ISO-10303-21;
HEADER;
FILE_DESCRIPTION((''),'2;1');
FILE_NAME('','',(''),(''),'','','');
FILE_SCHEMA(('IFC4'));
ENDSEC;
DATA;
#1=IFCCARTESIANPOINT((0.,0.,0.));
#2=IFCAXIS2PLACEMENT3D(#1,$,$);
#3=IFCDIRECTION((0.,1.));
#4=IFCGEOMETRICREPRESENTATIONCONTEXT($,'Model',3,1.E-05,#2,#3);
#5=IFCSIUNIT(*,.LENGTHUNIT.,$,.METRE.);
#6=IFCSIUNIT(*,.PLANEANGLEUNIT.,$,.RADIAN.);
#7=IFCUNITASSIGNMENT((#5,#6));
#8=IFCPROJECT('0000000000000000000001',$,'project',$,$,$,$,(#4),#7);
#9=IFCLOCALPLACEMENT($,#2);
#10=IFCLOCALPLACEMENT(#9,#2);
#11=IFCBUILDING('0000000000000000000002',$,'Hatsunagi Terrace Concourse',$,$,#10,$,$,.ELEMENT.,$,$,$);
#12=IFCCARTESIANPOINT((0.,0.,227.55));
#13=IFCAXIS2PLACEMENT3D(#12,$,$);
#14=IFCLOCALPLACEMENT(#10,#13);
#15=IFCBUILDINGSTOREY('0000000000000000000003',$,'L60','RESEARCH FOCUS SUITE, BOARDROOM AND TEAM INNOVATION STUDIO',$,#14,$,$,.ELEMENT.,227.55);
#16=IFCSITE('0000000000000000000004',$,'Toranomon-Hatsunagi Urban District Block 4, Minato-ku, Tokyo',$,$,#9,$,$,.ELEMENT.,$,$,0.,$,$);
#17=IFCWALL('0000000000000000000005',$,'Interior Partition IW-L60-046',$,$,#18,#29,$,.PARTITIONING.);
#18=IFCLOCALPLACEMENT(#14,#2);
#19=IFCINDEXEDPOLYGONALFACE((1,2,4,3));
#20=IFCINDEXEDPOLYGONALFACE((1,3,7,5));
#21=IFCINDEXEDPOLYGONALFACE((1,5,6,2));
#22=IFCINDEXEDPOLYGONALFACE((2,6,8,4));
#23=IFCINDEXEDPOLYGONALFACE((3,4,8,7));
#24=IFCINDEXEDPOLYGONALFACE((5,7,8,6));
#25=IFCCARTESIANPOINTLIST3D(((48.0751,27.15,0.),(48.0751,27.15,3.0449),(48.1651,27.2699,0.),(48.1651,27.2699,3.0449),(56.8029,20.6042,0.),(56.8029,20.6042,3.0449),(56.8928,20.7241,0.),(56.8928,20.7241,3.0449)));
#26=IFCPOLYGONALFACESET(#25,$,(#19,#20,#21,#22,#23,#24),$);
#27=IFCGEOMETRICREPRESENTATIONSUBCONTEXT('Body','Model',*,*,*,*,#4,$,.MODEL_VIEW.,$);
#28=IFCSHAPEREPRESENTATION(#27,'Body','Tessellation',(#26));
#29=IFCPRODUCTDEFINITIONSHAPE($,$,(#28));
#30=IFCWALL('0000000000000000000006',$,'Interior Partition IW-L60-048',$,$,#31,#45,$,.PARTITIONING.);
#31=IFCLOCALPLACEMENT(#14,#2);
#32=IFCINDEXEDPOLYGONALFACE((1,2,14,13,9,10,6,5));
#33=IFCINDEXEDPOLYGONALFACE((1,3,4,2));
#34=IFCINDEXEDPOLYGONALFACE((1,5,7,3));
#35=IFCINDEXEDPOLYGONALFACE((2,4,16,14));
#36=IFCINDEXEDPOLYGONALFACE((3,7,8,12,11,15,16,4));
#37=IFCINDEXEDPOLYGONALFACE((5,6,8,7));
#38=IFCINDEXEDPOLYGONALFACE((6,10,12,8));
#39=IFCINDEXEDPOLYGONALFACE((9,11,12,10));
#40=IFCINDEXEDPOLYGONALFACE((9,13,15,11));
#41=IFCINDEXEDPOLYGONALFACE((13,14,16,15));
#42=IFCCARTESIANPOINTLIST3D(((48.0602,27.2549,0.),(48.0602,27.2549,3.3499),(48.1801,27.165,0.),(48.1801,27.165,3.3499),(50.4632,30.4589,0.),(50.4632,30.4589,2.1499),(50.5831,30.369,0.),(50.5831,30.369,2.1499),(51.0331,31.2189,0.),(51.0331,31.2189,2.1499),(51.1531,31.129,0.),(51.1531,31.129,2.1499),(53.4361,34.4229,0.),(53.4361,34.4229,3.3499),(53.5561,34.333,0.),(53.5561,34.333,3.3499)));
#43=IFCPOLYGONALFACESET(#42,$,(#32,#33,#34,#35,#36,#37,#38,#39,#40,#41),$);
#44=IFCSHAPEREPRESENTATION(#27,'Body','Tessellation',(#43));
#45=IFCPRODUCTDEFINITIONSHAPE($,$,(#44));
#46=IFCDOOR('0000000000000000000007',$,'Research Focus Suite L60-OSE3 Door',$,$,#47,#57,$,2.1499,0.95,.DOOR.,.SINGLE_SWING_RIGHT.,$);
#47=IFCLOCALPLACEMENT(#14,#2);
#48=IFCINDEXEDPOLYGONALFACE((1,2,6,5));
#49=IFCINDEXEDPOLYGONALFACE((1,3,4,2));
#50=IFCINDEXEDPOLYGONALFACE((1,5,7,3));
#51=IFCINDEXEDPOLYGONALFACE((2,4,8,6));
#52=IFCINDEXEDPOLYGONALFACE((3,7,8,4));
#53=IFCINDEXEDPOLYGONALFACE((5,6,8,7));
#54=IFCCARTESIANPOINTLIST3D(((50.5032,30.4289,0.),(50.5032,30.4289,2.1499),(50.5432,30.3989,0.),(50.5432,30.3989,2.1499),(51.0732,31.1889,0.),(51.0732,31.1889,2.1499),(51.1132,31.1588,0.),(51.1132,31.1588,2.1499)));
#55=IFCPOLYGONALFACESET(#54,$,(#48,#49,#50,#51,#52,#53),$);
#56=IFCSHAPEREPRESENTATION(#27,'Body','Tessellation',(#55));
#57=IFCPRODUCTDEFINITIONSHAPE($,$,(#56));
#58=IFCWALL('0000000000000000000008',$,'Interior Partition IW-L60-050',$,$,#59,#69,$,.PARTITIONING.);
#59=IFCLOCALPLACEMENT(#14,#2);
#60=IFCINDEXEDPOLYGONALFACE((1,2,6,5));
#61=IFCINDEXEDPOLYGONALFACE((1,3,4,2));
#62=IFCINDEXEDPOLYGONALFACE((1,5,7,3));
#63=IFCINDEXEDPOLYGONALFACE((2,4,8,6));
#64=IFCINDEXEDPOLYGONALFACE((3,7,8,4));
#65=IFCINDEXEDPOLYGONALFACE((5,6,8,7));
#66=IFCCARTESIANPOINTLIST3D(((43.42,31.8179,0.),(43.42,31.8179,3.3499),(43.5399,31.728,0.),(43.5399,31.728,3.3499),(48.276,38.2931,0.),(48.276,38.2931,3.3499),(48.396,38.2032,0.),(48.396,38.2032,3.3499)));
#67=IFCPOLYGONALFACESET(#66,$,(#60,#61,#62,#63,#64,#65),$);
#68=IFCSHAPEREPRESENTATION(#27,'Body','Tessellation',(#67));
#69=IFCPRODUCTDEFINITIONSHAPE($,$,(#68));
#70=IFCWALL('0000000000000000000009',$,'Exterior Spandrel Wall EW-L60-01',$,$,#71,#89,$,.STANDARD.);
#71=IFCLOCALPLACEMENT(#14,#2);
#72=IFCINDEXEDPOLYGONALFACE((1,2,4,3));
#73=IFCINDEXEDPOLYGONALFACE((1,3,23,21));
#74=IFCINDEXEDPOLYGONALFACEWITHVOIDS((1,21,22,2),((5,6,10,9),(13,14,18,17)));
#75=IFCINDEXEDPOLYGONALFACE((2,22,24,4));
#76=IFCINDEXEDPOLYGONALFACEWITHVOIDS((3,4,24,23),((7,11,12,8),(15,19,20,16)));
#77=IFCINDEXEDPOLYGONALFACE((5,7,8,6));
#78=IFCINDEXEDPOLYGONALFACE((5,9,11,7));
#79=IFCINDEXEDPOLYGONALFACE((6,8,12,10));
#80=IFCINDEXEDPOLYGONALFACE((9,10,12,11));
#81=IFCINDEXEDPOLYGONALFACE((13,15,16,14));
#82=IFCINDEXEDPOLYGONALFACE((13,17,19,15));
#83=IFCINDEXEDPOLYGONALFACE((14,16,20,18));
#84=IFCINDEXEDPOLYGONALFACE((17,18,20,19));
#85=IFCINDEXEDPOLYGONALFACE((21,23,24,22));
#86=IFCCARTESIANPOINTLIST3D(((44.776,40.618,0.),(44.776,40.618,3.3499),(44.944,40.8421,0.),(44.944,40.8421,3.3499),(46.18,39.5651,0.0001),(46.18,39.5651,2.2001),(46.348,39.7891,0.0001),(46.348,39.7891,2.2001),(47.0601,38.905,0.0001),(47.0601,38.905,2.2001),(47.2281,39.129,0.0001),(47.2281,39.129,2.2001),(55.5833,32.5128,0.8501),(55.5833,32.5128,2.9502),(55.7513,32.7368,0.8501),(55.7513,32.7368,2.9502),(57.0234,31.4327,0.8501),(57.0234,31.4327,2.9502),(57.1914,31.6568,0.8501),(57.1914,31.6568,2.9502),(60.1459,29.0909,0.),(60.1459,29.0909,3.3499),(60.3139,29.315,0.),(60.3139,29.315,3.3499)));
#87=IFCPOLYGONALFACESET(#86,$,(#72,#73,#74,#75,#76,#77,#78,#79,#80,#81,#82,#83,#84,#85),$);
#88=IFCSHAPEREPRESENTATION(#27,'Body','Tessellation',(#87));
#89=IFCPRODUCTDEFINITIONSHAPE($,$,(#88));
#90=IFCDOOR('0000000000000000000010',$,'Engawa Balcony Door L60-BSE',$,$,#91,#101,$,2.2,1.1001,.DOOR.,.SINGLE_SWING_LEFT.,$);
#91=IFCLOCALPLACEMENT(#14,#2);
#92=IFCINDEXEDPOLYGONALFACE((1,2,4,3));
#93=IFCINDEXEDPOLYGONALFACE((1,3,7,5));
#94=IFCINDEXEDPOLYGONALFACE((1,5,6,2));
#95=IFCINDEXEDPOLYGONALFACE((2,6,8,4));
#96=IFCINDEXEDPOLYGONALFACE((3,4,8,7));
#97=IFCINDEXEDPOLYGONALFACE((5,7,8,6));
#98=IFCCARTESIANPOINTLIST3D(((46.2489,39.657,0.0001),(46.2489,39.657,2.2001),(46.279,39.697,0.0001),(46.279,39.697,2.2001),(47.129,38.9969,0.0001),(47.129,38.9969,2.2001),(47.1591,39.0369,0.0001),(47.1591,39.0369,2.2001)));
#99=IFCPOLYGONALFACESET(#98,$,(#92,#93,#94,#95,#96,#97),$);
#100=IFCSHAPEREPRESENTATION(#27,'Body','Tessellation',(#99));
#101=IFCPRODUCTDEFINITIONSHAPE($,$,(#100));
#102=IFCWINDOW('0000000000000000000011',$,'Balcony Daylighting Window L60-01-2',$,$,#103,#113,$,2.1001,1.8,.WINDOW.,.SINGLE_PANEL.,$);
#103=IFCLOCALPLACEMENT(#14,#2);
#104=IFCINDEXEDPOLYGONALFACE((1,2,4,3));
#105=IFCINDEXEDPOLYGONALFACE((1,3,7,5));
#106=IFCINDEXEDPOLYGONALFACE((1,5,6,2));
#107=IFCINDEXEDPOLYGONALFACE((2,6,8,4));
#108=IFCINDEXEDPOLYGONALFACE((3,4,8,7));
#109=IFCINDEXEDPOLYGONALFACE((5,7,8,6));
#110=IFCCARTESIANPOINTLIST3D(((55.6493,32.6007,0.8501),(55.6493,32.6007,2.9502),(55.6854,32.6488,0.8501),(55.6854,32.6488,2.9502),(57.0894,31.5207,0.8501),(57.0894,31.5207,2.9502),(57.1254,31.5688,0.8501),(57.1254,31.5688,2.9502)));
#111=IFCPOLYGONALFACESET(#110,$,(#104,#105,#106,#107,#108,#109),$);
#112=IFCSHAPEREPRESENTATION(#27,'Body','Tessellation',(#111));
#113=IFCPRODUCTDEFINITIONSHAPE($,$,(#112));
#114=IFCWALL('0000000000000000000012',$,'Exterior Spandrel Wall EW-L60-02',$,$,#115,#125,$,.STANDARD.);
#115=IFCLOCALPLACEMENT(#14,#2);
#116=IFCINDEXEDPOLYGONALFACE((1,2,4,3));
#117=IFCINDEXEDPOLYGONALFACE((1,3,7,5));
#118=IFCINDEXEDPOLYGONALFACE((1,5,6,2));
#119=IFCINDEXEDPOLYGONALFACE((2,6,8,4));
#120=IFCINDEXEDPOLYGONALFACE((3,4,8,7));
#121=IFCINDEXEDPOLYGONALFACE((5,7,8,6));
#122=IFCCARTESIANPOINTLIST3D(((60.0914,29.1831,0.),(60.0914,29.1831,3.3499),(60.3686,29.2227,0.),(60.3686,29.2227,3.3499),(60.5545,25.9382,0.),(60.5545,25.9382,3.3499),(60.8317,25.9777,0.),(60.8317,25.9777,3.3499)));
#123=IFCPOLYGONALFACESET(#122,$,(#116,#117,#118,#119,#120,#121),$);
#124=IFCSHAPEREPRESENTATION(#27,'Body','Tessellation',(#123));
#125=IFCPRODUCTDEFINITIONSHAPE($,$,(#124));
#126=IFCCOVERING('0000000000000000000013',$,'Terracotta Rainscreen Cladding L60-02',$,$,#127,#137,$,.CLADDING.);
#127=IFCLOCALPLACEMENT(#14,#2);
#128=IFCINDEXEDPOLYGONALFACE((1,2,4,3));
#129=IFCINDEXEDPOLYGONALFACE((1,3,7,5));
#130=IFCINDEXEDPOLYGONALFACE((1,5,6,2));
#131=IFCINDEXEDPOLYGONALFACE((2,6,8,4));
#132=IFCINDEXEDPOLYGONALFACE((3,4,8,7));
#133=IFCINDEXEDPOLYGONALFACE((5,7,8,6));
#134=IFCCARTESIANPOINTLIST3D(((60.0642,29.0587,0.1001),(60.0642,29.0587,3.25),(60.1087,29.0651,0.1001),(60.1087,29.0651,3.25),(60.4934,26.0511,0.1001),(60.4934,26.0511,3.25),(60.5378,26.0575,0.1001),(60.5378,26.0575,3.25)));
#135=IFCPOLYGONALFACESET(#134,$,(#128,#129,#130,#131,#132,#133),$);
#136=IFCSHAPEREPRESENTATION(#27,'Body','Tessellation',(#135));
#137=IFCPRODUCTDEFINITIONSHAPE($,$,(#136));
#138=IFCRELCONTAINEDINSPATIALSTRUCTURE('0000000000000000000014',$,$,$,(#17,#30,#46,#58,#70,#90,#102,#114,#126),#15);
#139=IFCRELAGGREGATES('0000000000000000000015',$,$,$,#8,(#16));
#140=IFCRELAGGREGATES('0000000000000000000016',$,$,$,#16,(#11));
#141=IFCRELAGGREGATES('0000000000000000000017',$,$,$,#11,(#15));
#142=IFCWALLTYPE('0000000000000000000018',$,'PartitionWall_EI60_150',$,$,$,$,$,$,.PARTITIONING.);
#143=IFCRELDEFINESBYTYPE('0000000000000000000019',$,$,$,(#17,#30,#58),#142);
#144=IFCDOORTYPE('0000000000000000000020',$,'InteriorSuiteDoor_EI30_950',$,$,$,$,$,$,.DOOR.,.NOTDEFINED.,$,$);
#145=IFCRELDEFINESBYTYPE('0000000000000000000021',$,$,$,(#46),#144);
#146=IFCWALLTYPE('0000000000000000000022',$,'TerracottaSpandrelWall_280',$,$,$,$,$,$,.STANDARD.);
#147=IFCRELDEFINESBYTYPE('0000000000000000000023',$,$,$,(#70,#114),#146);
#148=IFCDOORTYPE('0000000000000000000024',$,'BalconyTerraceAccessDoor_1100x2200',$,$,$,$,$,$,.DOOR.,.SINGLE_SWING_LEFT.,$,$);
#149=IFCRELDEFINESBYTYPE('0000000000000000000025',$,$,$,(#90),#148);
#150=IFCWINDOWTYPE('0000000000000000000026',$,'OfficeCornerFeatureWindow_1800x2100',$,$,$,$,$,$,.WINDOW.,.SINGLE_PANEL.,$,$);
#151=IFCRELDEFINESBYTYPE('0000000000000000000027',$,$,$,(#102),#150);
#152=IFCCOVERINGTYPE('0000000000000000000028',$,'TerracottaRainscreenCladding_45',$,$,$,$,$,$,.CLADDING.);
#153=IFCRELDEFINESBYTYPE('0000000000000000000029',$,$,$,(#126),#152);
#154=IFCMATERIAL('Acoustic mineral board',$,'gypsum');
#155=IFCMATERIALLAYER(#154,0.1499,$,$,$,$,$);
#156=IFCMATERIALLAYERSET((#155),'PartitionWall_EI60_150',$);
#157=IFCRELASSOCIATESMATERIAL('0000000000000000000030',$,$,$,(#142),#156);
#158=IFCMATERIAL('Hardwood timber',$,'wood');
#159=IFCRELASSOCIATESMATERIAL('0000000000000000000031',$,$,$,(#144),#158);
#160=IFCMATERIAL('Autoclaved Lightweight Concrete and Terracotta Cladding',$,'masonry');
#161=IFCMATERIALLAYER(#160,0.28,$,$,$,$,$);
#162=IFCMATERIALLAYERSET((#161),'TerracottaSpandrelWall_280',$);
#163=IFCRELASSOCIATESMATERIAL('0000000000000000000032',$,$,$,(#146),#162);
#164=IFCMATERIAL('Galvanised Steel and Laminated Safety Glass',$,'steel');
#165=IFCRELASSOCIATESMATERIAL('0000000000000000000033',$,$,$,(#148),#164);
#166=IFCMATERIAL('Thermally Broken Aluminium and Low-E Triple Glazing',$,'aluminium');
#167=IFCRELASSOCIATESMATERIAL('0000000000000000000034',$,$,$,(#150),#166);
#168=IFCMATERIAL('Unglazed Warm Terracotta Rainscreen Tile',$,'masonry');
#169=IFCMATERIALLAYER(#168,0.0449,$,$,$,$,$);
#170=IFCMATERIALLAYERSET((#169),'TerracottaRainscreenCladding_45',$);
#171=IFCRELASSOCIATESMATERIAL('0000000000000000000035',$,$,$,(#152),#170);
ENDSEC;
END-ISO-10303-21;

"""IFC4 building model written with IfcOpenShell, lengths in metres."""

from ifc_helpers import new_model, si_unit, direction, frame, frame_2d, origin, origin_2d, place, context, subcontext, project, spatial, rectangle, extrude, material, layer, layer_set, type_object, element, fill, save


model = new_model("IFC4")

# Units and contexts
model_context = context("Model", 3, precision=1e-05, world=origin(), true_north=direction((0.0, 1.0)))
body_context = subcontext(model_context, "Body", "Model", "MODEL_VIEW")
ifc_project = project(units=[si_unit("LENGTHUNIT", "METRE"), si_unit("PLANEANGLEUNIT", "RADIAN")], contexts=[model_context])

# Site, building, storey
site_placement = place(None, origin())
site = spatial("IfcSite", under=ifc_project, at=site_placement, Name="Toranomon-Hatsunagi Urban District Block 4, Minato-ku, Tokyo", CompositionType="ELEMENT", RefElevation=0.0)
building_placement = place(site_placement, origin())
building = spatial("IfcBuilding", under=site, at=building_placement, Name="Hatsunagi Terrace Concourse", CompositionType="ELEMENT")
storey_placement = place(building_placement, frame((0.0, 0.0, 227.55)))
storey = spatial("IfcBuildingStorey", under=building, at=storey_placement, Name="L60", Description="RESEARCH FOCUS SUITE, BOARDROOM AND TEAM INNOVATION STUDIO", CompositionType="ELEMENT", Elevation=227.55)

# Wall
ifc_material_1 = material(Name="Acoustic mineral board", Category="gypsum")
ifc_layer_1 = layer(ifc_material_1, 0.1499)
ifc_layer_set_1 = layer_set([ifc_layer_1], Name="PartitionWall_EI60_150")
wall_type_1 = type_object("IfcWallType", Name="PartitionWall_EI60_150", PredefinedType="PARTITIONING", material=ifc_layer_set_1)
wall_1_placement = place(storey_placement, frame((48.1201, 27.21, 0.0), z_axis=(0.0, 0.0, 1.0), x_axis=(0.799997, -0.600004, 0.0)))
element("IfcWall", 1, at=wall_1_placement, inside=storey, type_object=wall_type_1, Name="Interior Partition IW-L60-046", PredefinedType="PARTITIONING", context=body_context, shape_type="SweptSolid", body=[
    extrude(rectangle(XDim=10.9097, YDim=0.1499, at=frame_2d((5.4548, 0.0))), origin(), (0.0, 0.0, 1.0), 3.0449),
])

# Wall, opening, door
wall_2_placement = place(storey_placement, frame((48.1201, 27.21, 0.0), z_axis=(0.0, 0.0, 1.0), x_axis=(0.6, 0.8, 0.0)))
wall_2 = element("IfcWall", 2, at=wall_2_placement, inside=storey, type_object=wall_type_1, Name="Interior Partition IW-L60-048", PredefinedType="PARTITIONING", context=body_context, shape_type="SweptSolid", body=[
    extrude(rectangle(XDim=8.96, YDim=0.1499, at=frame_2d((4.48, 0.0))), origin(), (0.0, 0.0, 1.0), 3.3499),
])
opening_1_placement = place(wall_2_placement, frame((4.0049, 0.0, 0.0)))
opening_1 = element("IfcOpeningElement", 3, at=opening_1_placement, cuts=wall_2, PredefinedType="OPENING", context=body_context, shape_type="SweptSolid", body=[
    extrude(rectangle(XDim=0.95, YDim=2.1499, at=frame_2d((0.4751, 1.075))), frame((0.0, 0.085, 0.0), z_axis=(0.0, -1.0, 0.0), x_axis=(1.0, 0.0, 0.0)), (0.0, 0.0, 1.0), 0.1699),
])
ifc_material_2 = material(Name="Hardwood timber", Category="wood")
door_type_1 = type_object("IfcDoorType", Name="InteriorSuiteDoor_EI30_950", OperationType="NOTDEFINED", PredefinedType="DOOR", material=ifc_material_2)
door_1_placement = place(opening_1_placement, origin())
door_1 = element("IfcDoor", 4, at=door_1_placement, inside=storey, type_object=door_type_1, Name="Research Focus Suite L60-OSE3 Door", OperationType="SINGLE_SWING_RIGHT", OverallHeight=2.1499, OverallWidth=0.95, PredefinedType="DOOR", context=body_context, shape_type="SweptSolid", body=[
    extrude(rectangle(XDim=0.95, YDim=2.1499, at=frame_2d((0.4751, 1.075))), frame((0.0, 0.0249, 0.0), z_axis=(0.0, -1.0, 0.0), x_axis=(1.0, 0.0, 0.0)), (0.0, 0.0, 1.0), 0.05),
])
fill(opening_1, door_1)

# Wall
wall_3_placement = place(storey_placement, frame((43.48, 31.7729, 0.0), z_axis=(0.0, 0.0, 1.0), x_axis=(0.599971, 0.800022, 0.0)))
element("IfcWall", 5, at=wall_3_placement, inside=storey, type_object=wall_type_1, Name="Interior Partition IW-L60-050", PredefinedType="PARTITIONING", context=body_context, shape_type="SweptSolid", body=[
    extrude(rectangle(XDim=8.0938, YDim=0.1499, at=frame_2d((4.0469, 0.0))), origin(), (0.0, 0.0, 1.0), 3.3499),
])

# Wall, openings, door, window
ifc_material_3 = material(Name="Autoclaved Lightweight Concrete and Terracotta Cladding", Category="masonry")
ifc_layer_2 = layer(ifc_material_3, 0.28)
ifc_layer_set_2 = layer_set([ifc_layer_2], Name="TerracottaSpandrelWall_280")
wall_type_2 = type_object("IfcWallType", Name="TerracottaSpandrelWall_280", PredefinedType="STANDARD", material=ifc_layer_set_2)
wall_4_placement = place(storey_placement, frame((44.8601, 40.73, 0.0), z_axis=(0.0, 0.0, 1.0), x_axis=(0.800008, -0.59999, 0.0)))
wall_4 = element("IfcWall", 6, at=wall_4_placement, inside=storey, type_object=wall_type_2, Name="Exterior Spandrel Wall EW-L60-01", PredefinedType="STANDARD", context=body_context, shape_type="SweptSolid", body=[
    extrude(rectangle(XDim=19.2122, YDim=0.28, at=frame_2d((9.606, 0.0))), origin(), (0.0, 0.0, 1.0), 3.3499),
])
opening_2_placement = place(wall_4_placement, frame((1.7549, 0.0, 0.0)))
opening_2 = element("IfcOpeningElement", 7, at=opening_2_placement, cuts=wall_4, PredefinedType="OPENING", context=body_context, shape_type="SweptSolid", body=[
    extrude(rectangle(XDim=1.1001, YDim=2.2, at=frame_2d((0.55, 1.1001))), frame((0.0, 0.1499, 0.0), z_axis=(0.0, -1.0, 0.0), x_axis=(1.0, 0.0, 0.0)), (0.0, 0.0, 1.0), 0.3),
])
opening_3_placement = place(wall_4_placement, frame((13.509, 0.0, 0.8501)))
opening_3 = element("IfcOpeningElement", 8, at=opening_3_placement, cuts=wall_4, PredefinedType="OPENING", context=body_context, shape_type="SweptSolid", body=[
    extrude(rectangle(XDim=1.8, YDim=2.1001, at=frame_2d((0.8999, 1.05))), frame((0.0, 0.1499, 0.0), z_axis=(0.0, -1.0, 0.0), x_axis=(1.0, 0.0, 0.0)), (0.0, 0.0, 1.0), 0.3),
])
ifc_material_4 = material(Name="Galvanised Steel and Laminated Safety Glass", Category="steel")
door_type_2 = type_object("IfcDoorType", Name="BalconyTerraceAccessDoor_1100x2200", OperationType="SINGLE_SWING_LEFT", PredefinedType="DOOR", material=ifc_material_4)
door_2_placement = place(opening_2_placement, origin())
door_2 = element("IfcDoor", 9, at=door_2_placement, inside=storey, type_object=door_type_2, Name="Engawa Balcony Door L60-BSE", OperationType="SINGLE_SWING_LEFT", OverallHeight=2.2, OverallWidth=1.1001, PredefinedType="DOOR", context=body_context, shape_type="SweptSolid", body=[
    extrude(rectangle(XDim=1.1001, YDim=2.2, at=frame_2d((0.55, 1.1001))), frame((0.0, 0.0249, 0.0), z_axis=(0.0, -1.0, 0.0), x_axis=(1.0, 0.0, 0.0)), (0.0, 0.0, 1.0), 0.05),
])
fill(opening_2, door_2)
ifc_material_5 = material(Name="Thermally Broken Aluminium and Low-E Triple Glazing", Category="aluminium")
window_type = type_object("IfcWindowType", Name="OfficeCornerFeatureWindow_1800x2100", PartitioningType="SINGLE_PANEL", PredefinedType="WINDOW", material=ifc_material_5)
window_placement = place(opening_3_placement, origin())
window = element("IfcWindow", 10, at=window_placement, inside=storey, type_object=window_type, Name="Balcony Daylighting Window L60-01-2", OverallHeight=2.1001, OverallWidth=1.8, PartitioningType="SINGLE_PANEL", PredefinedType="WINDOW", context=body_context, shape_type="SweptSolid", body=[
    extrude(rectangle(XDim=1.8, YDim=2.1001, at=frame_2d((0.8999, 1.05))), frame((0.0, 0.03, 0.0), z_axis=(0.0, -1.0, 0.0), x_axis=(1.0, 0.0, 0.0)), (0.0, 0.0, 1.0), 0.0601),
])
fill(opening_3, window)

# Wall
wall_5_placement = place(storey_placement, frame((60.23, 29.2029, 0.0), z_axis=(0.0, 0.0, 1.0), x_axis=(0.141296, -0.989967, 0.0)))
element("IfcWall", 11, at=wall_5_placement, inside=storey, type_object=wall_type_2, Name="Exterior Spandrel Wall EW-L60-02", PredefinedType="STANDARD", context=body_context, shape_type="SweptSolid", body=[
    extrude(rectangle(XDim=3.2778, YDim=0.28, at=frame_2d((1.6389, 0.0))), origin(), (0.0, 0.0, 1.0), 3.3499),
])

# Covering
ifc_material_6 = material(Name="Unglazed Warm Terracotta Rainscreen Tile", Category="masonry")
ifc_layer_3 = layer(ifc_material_6, 0.0449)
ifc_layer_set_3 = layer_set([ifc_layer_3], Name="TerracottaRainscreenCladding_45")
covering_type = type_object("IfcCoveringType", Name="TerracottaRainscreenCladding_45", PredefinedType="CLADDING", material=ifc_layer_set_3)
covering_placement = place(storey_placement, frame((60.301, 27.5581, 0.1001), z_axis=(0.0, 0.0, 1.0), x_axis=(0.14125, -0.989974, 0.0)))
element("IfcCovering", 12, at=covering_placement, inside=storey, type_object=covering_type, Name="Terracotta Rainscreen Cladding L60-02", PredefinedType="CLADDING", context=body_context, shape_type="SweptSolid", body=[
    extrude(rectangle(XDim=3.0381, YDim=0.0449, at=origin_2d()), origin(), (0.0, 0.0, 1.0), 3.1499),
])

save(model, "model.ifc")
